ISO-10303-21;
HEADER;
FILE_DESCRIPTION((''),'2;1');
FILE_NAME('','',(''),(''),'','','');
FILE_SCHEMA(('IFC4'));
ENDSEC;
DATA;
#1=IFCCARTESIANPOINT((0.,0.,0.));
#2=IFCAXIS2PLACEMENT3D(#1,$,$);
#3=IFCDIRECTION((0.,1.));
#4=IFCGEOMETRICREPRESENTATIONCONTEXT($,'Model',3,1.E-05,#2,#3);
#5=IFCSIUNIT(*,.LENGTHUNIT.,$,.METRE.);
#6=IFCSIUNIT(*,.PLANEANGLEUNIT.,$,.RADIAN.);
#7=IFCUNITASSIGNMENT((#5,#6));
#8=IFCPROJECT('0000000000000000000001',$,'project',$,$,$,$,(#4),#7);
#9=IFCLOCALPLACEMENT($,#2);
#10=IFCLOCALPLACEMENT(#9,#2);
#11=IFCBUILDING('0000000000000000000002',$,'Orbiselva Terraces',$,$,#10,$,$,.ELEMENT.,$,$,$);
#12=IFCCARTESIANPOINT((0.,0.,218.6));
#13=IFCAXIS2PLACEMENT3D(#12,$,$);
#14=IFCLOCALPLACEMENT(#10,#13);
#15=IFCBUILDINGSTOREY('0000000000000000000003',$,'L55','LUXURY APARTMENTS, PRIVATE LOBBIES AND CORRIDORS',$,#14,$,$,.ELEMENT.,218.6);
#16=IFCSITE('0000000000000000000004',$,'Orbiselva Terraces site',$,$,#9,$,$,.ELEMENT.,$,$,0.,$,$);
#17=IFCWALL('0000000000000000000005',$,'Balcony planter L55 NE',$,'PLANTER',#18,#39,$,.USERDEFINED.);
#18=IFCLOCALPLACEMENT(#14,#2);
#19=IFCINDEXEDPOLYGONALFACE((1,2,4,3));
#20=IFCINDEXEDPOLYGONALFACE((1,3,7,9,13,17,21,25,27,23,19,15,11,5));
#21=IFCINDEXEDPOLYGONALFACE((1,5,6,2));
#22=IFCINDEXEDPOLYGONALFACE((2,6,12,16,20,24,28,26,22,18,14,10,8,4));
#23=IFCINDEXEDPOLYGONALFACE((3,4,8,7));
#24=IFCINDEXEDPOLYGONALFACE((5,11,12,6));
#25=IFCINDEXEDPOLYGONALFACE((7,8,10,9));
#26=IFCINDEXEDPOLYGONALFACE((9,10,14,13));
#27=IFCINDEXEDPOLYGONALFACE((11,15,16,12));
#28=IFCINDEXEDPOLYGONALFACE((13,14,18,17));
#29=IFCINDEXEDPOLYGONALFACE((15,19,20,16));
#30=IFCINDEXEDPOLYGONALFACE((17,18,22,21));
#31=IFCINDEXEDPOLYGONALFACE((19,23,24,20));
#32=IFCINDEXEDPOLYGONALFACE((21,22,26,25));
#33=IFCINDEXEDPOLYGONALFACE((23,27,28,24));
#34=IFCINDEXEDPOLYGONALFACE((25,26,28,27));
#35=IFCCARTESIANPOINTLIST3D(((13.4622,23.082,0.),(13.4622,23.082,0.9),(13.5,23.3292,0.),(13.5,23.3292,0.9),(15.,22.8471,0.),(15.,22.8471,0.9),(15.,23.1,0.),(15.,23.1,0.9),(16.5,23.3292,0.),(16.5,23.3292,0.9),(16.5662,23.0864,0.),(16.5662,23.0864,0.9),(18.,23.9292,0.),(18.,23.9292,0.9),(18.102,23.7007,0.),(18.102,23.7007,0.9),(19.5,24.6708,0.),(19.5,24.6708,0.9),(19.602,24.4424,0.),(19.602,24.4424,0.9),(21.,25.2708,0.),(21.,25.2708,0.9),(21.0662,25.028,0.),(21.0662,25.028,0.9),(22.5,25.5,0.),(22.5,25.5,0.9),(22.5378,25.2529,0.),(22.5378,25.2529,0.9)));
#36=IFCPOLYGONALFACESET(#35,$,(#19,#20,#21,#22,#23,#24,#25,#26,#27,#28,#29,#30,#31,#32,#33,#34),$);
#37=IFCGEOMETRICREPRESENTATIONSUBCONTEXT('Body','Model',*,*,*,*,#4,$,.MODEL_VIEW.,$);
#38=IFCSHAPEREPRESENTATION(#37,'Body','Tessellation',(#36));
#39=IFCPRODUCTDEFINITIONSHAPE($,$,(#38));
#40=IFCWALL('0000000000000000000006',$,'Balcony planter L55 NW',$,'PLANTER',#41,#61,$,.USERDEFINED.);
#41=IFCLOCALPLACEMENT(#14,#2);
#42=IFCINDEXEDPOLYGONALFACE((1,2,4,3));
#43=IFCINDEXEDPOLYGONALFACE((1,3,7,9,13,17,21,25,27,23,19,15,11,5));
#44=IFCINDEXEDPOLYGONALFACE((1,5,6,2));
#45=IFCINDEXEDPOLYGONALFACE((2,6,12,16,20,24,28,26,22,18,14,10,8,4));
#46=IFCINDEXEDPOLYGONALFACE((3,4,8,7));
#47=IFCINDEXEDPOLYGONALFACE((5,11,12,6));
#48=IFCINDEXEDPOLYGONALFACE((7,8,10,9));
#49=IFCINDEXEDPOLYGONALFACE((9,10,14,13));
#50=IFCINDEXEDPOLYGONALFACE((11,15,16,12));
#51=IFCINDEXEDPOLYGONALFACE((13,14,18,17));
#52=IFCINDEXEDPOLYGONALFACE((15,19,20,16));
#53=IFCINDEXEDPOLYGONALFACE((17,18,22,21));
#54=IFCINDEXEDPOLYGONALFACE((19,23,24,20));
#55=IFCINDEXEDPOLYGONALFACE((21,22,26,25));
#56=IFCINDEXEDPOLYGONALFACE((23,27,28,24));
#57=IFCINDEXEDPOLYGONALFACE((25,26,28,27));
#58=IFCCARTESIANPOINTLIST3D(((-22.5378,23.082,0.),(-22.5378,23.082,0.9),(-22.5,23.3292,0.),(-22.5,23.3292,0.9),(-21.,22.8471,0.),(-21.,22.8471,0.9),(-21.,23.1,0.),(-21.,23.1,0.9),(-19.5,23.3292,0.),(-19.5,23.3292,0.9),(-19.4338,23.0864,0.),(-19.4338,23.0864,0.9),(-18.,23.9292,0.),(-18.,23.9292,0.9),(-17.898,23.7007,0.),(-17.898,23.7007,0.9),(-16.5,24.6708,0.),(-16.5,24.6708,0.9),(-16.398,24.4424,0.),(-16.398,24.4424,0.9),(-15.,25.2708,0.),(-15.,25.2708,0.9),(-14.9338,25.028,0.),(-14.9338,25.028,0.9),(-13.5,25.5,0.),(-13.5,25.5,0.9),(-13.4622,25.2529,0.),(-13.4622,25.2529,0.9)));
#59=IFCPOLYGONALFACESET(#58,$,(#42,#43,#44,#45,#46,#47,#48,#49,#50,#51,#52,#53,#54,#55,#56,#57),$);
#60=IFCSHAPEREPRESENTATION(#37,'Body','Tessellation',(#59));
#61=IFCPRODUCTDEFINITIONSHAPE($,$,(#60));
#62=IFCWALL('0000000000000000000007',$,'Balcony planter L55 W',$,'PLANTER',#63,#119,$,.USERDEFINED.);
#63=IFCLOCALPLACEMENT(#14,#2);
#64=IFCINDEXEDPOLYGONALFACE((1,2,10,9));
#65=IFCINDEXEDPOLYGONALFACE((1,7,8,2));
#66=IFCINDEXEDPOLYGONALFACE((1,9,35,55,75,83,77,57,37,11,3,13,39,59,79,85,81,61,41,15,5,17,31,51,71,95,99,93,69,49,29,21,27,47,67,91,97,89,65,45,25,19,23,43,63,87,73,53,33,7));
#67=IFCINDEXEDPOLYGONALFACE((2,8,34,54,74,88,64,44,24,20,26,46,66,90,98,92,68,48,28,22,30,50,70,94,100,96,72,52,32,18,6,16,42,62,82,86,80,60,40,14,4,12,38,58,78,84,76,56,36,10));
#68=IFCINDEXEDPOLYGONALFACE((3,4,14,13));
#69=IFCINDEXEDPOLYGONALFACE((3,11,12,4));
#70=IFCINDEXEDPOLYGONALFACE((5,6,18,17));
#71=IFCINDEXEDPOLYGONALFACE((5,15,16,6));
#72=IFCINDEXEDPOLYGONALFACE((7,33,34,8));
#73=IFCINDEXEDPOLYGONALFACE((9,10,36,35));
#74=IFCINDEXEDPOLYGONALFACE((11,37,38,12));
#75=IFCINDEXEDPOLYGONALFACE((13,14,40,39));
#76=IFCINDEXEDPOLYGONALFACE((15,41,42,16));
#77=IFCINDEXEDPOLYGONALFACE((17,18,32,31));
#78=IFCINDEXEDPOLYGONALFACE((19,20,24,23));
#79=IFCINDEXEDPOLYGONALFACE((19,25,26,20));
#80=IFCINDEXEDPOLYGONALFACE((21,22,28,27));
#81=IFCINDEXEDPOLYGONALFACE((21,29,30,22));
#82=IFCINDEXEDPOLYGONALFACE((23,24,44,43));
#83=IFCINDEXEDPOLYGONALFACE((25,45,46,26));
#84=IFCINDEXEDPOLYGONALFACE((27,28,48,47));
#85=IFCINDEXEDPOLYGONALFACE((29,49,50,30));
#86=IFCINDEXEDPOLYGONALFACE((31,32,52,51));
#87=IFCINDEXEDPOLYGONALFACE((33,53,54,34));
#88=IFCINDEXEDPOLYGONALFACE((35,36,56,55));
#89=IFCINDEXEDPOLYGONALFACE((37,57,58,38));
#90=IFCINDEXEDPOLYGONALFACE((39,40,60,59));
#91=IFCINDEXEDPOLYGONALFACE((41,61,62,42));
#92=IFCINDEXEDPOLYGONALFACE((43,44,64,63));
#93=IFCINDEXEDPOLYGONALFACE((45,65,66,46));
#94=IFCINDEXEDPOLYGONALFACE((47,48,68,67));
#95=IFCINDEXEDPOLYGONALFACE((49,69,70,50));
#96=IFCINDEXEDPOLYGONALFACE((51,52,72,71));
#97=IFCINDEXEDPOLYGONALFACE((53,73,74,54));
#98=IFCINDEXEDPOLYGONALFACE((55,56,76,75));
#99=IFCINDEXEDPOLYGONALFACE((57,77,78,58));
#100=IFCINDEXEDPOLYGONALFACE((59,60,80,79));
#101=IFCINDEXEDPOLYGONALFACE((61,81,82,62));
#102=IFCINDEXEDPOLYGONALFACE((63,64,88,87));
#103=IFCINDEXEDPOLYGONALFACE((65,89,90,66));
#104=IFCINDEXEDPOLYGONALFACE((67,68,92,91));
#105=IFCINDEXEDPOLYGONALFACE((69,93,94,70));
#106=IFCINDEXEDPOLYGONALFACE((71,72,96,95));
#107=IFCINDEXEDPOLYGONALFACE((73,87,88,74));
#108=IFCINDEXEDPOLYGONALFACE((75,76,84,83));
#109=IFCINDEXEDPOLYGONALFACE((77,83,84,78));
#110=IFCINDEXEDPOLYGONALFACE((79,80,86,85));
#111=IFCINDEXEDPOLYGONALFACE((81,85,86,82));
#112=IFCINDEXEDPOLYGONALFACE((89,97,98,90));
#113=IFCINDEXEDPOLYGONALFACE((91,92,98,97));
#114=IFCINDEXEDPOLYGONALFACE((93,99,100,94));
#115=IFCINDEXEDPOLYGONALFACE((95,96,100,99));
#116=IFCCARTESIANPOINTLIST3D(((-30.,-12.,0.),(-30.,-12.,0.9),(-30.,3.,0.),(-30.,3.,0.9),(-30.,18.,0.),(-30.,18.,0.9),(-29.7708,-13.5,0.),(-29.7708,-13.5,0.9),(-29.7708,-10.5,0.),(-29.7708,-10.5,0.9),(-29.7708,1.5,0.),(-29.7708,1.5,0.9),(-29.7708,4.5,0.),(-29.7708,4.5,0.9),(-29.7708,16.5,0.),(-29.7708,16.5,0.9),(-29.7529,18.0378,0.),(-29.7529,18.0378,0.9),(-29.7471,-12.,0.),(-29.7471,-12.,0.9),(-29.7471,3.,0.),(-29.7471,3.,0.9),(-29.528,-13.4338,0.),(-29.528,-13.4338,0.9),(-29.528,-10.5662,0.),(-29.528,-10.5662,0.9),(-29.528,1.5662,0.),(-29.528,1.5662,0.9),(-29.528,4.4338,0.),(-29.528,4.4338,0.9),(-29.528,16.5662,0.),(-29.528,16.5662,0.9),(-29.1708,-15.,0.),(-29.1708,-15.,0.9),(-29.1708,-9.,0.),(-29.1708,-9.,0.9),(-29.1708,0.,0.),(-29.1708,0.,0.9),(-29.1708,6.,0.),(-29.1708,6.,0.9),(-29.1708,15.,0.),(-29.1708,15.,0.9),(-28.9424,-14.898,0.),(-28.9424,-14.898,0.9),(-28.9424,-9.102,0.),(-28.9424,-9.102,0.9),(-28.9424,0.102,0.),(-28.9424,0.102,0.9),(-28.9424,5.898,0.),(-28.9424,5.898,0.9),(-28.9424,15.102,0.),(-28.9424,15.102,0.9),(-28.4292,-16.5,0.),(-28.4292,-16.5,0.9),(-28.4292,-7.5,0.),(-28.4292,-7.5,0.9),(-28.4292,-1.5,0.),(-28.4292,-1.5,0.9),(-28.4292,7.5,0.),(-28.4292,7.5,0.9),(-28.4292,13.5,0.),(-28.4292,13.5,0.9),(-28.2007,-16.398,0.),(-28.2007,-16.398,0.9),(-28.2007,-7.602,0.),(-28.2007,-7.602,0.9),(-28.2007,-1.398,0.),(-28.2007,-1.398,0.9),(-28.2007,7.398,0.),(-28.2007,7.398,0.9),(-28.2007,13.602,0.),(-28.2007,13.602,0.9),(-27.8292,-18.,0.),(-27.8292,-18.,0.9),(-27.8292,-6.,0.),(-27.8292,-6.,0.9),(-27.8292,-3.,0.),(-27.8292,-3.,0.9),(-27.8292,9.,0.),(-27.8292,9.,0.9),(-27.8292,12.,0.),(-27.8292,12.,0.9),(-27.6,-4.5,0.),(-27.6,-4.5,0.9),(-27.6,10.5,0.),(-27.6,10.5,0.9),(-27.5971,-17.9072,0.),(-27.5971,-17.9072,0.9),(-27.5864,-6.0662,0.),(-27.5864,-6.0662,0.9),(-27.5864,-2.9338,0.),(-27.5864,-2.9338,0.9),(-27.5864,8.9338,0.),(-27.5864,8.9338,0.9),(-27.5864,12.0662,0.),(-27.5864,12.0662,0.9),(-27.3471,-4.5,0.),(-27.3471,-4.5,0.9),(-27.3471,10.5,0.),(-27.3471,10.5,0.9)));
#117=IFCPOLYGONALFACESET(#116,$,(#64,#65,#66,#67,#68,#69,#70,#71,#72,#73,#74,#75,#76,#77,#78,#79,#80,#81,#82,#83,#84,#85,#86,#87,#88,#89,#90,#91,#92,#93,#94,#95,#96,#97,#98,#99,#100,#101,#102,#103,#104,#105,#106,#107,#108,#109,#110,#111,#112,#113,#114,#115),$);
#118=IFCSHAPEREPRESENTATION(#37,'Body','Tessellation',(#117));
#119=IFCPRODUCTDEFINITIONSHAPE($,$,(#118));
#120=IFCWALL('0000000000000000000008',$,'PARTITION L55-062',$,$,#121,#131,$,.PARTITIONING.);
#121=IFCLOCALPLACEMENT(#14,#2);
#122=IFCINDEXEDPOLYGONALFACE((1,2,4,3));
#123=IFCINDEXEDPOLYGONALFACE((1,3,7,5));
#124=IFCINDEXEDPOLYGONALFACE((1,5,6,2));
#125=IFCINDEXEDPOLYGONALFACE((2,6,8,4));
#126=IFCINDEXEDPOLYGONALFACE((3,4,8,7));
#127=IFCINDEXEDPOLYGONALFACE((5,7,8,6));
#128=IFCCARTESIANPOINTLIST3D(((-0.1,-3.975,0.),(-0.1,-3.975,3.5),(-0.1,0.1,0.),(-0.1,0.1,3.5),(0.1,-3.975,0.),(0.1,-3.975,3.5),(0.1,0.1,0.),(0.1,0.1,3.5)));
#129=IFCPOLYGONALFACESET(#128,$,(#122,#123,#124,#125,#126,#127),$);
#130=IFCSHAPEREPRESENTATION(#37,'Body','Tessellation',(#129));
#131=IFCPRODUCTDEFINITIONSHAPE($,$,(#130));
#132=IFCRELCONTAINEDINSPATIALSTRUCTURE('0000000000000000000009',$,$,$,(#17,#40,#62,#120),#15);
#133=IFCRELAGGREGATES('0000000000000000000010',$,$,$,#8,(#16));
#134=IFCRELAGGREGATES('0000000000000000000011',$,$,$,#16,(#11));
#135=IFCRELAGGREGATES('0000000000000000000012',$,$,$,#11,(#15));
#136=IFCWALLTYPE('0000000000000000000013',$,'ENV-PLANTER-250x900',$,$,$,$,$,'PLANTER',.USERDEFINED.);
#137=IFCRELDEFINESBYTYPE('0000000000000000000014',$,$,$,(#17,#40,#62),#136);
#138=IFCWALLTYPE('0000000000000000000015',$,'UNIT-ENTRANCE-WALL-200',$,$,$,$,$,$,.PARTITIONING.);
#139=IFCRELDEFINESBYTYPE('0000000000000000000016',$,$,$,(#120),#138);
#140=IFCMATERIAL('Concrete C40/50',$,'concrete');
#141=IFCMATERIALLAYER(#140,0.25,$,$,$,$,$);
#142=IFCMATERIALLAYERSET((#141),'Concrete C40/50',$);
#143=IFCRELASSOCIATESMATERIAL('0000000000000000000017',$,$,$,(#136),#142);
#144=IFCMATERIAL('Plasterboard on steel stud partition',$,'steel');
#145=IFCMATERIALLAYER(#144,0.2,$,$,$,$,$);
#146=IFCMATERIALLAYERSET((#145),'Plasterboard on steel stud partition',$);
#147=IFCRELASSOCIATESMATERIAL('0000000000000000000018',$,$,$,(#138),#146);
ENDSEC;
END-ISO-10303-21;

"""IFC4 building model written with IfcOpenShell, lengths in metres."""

from ifc_helpers import new_model, si_unit, direction, frame, frame_2d, origin, place, context, subcontext, project, spatial, polyline, rectangle, outline, extrude, material, layer, layer_set, type_object, element, save


model = new_model("IFC4")

# Units and contexts
model_context = context("Model", 3, precision=1e-05, world=origin(), true_north=direction((0.0, 1.0)))
body_context = subcontext(model_context, "Body", "Model", "MODEL_VIEW")
ifc_project = project(units=[si_unit("LENGTHUNIT", "METRE"), si_unit("PLANEANGLEUNIT", "RADIAN")], contexts=[model_context])

# Site, building, storey
site_placement = place(None, origin())
site = spatial("IfcSite", under=ifc_project, at=site_placement, Name="Orbiselva Terraces site", CompositionType="ELEMENT", RefElevation=0.0)
building_placement = place(site_placement, origin())
building = spatial("IfcBuilding", under=site, at=building_placement, Name="Orbiselva Terraces", CompositionType="ELEMENT")
storey_placement = place(building_placement, frame((0.0, 0.0, 218.6)))
storey = spatial("IfcBuildingStorey", under=building, at=storey_placement, Name="L55", Description="LUXURY APARTMENTS, PRIVATE LOBBIES AND CORRIDORS", CompositionType="ELEMENT", Elevation=218.6)

# Shared definitions
ifc_material_1 = material(Name="Concrete C40/50", Category="concrete")

# Walls
ifc_layer_1 = layer(ifc_material_1, 0.25)
ifc_layer_set_1 = layer_set([ifc_layer_1], Name="Concrete C40/50")
wall_type_1 = type_object("IfcWallType", Name="ENV-PLANTER-250x900", ElementType="PLANTER", PredefinedType="USERDEFINED", material=ifc_layer_set_1)
wall_1_placement = place(storey_placement, origin())
element("IfcWall", 1, at=wall_1_placement, inside=storey, type_object=wall_type_1, Name="Balcony planter L55 NE", ObjectType="PLANTER", PredefinedType="USERDEFINED", context=body_context, shape_type="SweptSolid", body=[
    extrude(outline(polyline([(22.5, 25.5), (21.0, 25.2708), (19.5, 24.6708), (18.0, 23.9292), (16.5, 23.3292), (15.0, 23.1), (13.5, 23.3292), (13.4622, 23.082), (15.0, 22.8471), (16.5662, 23.0864), (18.102, 23.7007), (19.602, 24.4424), (21.0662, 25.028), (22.5378, 25.2529), (22.5, 25.5)])), origin(), (0.0, 0.0, 1.0), 0.9),
])
wall_2_placement = place(storey_placement, origin())
element("IfcWall", 2, at=wall_2_placement, inside=storey, type_object=wall_type_1, Name="Balcony planter L55 NW", ObjectType="PLANTER", PredefinedType="USERDEFINED", context=body_context, shape_type="SweptSolid", body=[
    extrude(outline(polyline([(-13.5, 25.5), (-15.0, 25.2708), (-16.5, 24.6708), (-18.0, 23.9292), (-19.5, 23.3292), (-21.0, 23.1), (-22.5, 23.3292), (-22.5378, 23.082), (-21.0, 22.8471), (-19.4338, 23.0864), (-17.898, 23.7007), (-16.398, 24.4424), (-14.9338, 25.028), (-13.4622, 25.2529), (-13.5, 25.5)])), origin(), (0.0, 0.0, 1.0), 0.9),
])
wall_3_placement = place(storey_placement, origin())
element("IfcWall", 3, at=wall_3_placement, inside=storey, type_object=wall_type_1, Name="Balcony planter L55 W", ObjectType="PLANTER", PredefinedType="USERDEFINED", context=body_context, shape_type="SweptSolid", body=[
    extrude(outline(polyline([(-30.0, 18.0), (-29.7708, 16.5), (-29.1708, 15.0), (-28.4292, 13.5), (-27.8292, 12.0), (-27.6, 10.5), (-27.8292, 9.0), (-28.4292, 7.5), (-29.1708, 6.0), (-29.7708, 4.5), (-30.0, 3.0), (-29.7708, 1.5), (-29.1708, 0.0), (-28.4292, -1.5), (-27.8292, -3.0), (-27.6, -4.5), (-27.8292, -6.0), (-28.4292, -7.5), (-29.1708, -9.0), (-29.7708, -10.5), (-30.0, -12.0), (-29.7708, -13.5), (-29.1708, -15.0), (-28.4292, -16.5), (-27.8292, -18.0), (-27.5971, -17.9072), (-28.2007, -16.398), (-28.9424, -14.898), (-29.528, -13.4338), (-29.7471, -12.0), (-29.528, -10.5662), (-28.9424, -9.102), (-28.2007, -7.602), (-27.5864, -6.0662), (-27.3471, -4.5), (-27.5864, -2.9338), (-28.2007, -1.398), (-28.9424, 0.102), (-29.528, 1.5662), (-29.7471, 3.0), (-29.528, 4.4338), (-28.9424, 5.898), (-28.2007, 7.398), (-27.5864, 8.9338), (-27.3471, 10.5), (-27.5864, 12.0662), (-28.2007, 13.602), (-28.9424, 15.102), (-29.528, 16.5662), (-29.7529, 18.0378), (-30.0, 18.0)])), origin(), (0.0, 0.0, 1.0), 0.9),
])
ifc_material_2 = material(Name="Plasterboard on steel stud partition", Category="steel")
ifc_layer_2 = layer(ifc_material_2, 0.2)
ifc_layer_set_2 = layer_set([ifc_layer_2], Name="Plasterboard on steel stud partition")
wall_type_2 = type_object("IfcWallType", Name="UNIT-ENTRANCE-WALL-200", PredefinedType="PARTITIONING", material=ifc_layer_set_2)
wall_4_placement = place(storey_placement, frame((0.0, -3.975, 0.0), z_axis=(0.0, 0.0, 1.0), x_axis=(0.0, 1.0, 0.0)))
element("IfcWall", 4, at=wall_4_placement, inside=storey, type_object=wall_type_2, Name="PARTITION L55-062", PredefinedType="PARTITIONING", context=body_context, shape_type="SweptSolid", body=[
    extrude(rectangle(XDim=4.075, YDim=0.2, at=frame_2d((2.0375, 0.0))), origin(), (0.0, 0.0, 1.0), 3.5),
])

save(model, "model.ifc")
